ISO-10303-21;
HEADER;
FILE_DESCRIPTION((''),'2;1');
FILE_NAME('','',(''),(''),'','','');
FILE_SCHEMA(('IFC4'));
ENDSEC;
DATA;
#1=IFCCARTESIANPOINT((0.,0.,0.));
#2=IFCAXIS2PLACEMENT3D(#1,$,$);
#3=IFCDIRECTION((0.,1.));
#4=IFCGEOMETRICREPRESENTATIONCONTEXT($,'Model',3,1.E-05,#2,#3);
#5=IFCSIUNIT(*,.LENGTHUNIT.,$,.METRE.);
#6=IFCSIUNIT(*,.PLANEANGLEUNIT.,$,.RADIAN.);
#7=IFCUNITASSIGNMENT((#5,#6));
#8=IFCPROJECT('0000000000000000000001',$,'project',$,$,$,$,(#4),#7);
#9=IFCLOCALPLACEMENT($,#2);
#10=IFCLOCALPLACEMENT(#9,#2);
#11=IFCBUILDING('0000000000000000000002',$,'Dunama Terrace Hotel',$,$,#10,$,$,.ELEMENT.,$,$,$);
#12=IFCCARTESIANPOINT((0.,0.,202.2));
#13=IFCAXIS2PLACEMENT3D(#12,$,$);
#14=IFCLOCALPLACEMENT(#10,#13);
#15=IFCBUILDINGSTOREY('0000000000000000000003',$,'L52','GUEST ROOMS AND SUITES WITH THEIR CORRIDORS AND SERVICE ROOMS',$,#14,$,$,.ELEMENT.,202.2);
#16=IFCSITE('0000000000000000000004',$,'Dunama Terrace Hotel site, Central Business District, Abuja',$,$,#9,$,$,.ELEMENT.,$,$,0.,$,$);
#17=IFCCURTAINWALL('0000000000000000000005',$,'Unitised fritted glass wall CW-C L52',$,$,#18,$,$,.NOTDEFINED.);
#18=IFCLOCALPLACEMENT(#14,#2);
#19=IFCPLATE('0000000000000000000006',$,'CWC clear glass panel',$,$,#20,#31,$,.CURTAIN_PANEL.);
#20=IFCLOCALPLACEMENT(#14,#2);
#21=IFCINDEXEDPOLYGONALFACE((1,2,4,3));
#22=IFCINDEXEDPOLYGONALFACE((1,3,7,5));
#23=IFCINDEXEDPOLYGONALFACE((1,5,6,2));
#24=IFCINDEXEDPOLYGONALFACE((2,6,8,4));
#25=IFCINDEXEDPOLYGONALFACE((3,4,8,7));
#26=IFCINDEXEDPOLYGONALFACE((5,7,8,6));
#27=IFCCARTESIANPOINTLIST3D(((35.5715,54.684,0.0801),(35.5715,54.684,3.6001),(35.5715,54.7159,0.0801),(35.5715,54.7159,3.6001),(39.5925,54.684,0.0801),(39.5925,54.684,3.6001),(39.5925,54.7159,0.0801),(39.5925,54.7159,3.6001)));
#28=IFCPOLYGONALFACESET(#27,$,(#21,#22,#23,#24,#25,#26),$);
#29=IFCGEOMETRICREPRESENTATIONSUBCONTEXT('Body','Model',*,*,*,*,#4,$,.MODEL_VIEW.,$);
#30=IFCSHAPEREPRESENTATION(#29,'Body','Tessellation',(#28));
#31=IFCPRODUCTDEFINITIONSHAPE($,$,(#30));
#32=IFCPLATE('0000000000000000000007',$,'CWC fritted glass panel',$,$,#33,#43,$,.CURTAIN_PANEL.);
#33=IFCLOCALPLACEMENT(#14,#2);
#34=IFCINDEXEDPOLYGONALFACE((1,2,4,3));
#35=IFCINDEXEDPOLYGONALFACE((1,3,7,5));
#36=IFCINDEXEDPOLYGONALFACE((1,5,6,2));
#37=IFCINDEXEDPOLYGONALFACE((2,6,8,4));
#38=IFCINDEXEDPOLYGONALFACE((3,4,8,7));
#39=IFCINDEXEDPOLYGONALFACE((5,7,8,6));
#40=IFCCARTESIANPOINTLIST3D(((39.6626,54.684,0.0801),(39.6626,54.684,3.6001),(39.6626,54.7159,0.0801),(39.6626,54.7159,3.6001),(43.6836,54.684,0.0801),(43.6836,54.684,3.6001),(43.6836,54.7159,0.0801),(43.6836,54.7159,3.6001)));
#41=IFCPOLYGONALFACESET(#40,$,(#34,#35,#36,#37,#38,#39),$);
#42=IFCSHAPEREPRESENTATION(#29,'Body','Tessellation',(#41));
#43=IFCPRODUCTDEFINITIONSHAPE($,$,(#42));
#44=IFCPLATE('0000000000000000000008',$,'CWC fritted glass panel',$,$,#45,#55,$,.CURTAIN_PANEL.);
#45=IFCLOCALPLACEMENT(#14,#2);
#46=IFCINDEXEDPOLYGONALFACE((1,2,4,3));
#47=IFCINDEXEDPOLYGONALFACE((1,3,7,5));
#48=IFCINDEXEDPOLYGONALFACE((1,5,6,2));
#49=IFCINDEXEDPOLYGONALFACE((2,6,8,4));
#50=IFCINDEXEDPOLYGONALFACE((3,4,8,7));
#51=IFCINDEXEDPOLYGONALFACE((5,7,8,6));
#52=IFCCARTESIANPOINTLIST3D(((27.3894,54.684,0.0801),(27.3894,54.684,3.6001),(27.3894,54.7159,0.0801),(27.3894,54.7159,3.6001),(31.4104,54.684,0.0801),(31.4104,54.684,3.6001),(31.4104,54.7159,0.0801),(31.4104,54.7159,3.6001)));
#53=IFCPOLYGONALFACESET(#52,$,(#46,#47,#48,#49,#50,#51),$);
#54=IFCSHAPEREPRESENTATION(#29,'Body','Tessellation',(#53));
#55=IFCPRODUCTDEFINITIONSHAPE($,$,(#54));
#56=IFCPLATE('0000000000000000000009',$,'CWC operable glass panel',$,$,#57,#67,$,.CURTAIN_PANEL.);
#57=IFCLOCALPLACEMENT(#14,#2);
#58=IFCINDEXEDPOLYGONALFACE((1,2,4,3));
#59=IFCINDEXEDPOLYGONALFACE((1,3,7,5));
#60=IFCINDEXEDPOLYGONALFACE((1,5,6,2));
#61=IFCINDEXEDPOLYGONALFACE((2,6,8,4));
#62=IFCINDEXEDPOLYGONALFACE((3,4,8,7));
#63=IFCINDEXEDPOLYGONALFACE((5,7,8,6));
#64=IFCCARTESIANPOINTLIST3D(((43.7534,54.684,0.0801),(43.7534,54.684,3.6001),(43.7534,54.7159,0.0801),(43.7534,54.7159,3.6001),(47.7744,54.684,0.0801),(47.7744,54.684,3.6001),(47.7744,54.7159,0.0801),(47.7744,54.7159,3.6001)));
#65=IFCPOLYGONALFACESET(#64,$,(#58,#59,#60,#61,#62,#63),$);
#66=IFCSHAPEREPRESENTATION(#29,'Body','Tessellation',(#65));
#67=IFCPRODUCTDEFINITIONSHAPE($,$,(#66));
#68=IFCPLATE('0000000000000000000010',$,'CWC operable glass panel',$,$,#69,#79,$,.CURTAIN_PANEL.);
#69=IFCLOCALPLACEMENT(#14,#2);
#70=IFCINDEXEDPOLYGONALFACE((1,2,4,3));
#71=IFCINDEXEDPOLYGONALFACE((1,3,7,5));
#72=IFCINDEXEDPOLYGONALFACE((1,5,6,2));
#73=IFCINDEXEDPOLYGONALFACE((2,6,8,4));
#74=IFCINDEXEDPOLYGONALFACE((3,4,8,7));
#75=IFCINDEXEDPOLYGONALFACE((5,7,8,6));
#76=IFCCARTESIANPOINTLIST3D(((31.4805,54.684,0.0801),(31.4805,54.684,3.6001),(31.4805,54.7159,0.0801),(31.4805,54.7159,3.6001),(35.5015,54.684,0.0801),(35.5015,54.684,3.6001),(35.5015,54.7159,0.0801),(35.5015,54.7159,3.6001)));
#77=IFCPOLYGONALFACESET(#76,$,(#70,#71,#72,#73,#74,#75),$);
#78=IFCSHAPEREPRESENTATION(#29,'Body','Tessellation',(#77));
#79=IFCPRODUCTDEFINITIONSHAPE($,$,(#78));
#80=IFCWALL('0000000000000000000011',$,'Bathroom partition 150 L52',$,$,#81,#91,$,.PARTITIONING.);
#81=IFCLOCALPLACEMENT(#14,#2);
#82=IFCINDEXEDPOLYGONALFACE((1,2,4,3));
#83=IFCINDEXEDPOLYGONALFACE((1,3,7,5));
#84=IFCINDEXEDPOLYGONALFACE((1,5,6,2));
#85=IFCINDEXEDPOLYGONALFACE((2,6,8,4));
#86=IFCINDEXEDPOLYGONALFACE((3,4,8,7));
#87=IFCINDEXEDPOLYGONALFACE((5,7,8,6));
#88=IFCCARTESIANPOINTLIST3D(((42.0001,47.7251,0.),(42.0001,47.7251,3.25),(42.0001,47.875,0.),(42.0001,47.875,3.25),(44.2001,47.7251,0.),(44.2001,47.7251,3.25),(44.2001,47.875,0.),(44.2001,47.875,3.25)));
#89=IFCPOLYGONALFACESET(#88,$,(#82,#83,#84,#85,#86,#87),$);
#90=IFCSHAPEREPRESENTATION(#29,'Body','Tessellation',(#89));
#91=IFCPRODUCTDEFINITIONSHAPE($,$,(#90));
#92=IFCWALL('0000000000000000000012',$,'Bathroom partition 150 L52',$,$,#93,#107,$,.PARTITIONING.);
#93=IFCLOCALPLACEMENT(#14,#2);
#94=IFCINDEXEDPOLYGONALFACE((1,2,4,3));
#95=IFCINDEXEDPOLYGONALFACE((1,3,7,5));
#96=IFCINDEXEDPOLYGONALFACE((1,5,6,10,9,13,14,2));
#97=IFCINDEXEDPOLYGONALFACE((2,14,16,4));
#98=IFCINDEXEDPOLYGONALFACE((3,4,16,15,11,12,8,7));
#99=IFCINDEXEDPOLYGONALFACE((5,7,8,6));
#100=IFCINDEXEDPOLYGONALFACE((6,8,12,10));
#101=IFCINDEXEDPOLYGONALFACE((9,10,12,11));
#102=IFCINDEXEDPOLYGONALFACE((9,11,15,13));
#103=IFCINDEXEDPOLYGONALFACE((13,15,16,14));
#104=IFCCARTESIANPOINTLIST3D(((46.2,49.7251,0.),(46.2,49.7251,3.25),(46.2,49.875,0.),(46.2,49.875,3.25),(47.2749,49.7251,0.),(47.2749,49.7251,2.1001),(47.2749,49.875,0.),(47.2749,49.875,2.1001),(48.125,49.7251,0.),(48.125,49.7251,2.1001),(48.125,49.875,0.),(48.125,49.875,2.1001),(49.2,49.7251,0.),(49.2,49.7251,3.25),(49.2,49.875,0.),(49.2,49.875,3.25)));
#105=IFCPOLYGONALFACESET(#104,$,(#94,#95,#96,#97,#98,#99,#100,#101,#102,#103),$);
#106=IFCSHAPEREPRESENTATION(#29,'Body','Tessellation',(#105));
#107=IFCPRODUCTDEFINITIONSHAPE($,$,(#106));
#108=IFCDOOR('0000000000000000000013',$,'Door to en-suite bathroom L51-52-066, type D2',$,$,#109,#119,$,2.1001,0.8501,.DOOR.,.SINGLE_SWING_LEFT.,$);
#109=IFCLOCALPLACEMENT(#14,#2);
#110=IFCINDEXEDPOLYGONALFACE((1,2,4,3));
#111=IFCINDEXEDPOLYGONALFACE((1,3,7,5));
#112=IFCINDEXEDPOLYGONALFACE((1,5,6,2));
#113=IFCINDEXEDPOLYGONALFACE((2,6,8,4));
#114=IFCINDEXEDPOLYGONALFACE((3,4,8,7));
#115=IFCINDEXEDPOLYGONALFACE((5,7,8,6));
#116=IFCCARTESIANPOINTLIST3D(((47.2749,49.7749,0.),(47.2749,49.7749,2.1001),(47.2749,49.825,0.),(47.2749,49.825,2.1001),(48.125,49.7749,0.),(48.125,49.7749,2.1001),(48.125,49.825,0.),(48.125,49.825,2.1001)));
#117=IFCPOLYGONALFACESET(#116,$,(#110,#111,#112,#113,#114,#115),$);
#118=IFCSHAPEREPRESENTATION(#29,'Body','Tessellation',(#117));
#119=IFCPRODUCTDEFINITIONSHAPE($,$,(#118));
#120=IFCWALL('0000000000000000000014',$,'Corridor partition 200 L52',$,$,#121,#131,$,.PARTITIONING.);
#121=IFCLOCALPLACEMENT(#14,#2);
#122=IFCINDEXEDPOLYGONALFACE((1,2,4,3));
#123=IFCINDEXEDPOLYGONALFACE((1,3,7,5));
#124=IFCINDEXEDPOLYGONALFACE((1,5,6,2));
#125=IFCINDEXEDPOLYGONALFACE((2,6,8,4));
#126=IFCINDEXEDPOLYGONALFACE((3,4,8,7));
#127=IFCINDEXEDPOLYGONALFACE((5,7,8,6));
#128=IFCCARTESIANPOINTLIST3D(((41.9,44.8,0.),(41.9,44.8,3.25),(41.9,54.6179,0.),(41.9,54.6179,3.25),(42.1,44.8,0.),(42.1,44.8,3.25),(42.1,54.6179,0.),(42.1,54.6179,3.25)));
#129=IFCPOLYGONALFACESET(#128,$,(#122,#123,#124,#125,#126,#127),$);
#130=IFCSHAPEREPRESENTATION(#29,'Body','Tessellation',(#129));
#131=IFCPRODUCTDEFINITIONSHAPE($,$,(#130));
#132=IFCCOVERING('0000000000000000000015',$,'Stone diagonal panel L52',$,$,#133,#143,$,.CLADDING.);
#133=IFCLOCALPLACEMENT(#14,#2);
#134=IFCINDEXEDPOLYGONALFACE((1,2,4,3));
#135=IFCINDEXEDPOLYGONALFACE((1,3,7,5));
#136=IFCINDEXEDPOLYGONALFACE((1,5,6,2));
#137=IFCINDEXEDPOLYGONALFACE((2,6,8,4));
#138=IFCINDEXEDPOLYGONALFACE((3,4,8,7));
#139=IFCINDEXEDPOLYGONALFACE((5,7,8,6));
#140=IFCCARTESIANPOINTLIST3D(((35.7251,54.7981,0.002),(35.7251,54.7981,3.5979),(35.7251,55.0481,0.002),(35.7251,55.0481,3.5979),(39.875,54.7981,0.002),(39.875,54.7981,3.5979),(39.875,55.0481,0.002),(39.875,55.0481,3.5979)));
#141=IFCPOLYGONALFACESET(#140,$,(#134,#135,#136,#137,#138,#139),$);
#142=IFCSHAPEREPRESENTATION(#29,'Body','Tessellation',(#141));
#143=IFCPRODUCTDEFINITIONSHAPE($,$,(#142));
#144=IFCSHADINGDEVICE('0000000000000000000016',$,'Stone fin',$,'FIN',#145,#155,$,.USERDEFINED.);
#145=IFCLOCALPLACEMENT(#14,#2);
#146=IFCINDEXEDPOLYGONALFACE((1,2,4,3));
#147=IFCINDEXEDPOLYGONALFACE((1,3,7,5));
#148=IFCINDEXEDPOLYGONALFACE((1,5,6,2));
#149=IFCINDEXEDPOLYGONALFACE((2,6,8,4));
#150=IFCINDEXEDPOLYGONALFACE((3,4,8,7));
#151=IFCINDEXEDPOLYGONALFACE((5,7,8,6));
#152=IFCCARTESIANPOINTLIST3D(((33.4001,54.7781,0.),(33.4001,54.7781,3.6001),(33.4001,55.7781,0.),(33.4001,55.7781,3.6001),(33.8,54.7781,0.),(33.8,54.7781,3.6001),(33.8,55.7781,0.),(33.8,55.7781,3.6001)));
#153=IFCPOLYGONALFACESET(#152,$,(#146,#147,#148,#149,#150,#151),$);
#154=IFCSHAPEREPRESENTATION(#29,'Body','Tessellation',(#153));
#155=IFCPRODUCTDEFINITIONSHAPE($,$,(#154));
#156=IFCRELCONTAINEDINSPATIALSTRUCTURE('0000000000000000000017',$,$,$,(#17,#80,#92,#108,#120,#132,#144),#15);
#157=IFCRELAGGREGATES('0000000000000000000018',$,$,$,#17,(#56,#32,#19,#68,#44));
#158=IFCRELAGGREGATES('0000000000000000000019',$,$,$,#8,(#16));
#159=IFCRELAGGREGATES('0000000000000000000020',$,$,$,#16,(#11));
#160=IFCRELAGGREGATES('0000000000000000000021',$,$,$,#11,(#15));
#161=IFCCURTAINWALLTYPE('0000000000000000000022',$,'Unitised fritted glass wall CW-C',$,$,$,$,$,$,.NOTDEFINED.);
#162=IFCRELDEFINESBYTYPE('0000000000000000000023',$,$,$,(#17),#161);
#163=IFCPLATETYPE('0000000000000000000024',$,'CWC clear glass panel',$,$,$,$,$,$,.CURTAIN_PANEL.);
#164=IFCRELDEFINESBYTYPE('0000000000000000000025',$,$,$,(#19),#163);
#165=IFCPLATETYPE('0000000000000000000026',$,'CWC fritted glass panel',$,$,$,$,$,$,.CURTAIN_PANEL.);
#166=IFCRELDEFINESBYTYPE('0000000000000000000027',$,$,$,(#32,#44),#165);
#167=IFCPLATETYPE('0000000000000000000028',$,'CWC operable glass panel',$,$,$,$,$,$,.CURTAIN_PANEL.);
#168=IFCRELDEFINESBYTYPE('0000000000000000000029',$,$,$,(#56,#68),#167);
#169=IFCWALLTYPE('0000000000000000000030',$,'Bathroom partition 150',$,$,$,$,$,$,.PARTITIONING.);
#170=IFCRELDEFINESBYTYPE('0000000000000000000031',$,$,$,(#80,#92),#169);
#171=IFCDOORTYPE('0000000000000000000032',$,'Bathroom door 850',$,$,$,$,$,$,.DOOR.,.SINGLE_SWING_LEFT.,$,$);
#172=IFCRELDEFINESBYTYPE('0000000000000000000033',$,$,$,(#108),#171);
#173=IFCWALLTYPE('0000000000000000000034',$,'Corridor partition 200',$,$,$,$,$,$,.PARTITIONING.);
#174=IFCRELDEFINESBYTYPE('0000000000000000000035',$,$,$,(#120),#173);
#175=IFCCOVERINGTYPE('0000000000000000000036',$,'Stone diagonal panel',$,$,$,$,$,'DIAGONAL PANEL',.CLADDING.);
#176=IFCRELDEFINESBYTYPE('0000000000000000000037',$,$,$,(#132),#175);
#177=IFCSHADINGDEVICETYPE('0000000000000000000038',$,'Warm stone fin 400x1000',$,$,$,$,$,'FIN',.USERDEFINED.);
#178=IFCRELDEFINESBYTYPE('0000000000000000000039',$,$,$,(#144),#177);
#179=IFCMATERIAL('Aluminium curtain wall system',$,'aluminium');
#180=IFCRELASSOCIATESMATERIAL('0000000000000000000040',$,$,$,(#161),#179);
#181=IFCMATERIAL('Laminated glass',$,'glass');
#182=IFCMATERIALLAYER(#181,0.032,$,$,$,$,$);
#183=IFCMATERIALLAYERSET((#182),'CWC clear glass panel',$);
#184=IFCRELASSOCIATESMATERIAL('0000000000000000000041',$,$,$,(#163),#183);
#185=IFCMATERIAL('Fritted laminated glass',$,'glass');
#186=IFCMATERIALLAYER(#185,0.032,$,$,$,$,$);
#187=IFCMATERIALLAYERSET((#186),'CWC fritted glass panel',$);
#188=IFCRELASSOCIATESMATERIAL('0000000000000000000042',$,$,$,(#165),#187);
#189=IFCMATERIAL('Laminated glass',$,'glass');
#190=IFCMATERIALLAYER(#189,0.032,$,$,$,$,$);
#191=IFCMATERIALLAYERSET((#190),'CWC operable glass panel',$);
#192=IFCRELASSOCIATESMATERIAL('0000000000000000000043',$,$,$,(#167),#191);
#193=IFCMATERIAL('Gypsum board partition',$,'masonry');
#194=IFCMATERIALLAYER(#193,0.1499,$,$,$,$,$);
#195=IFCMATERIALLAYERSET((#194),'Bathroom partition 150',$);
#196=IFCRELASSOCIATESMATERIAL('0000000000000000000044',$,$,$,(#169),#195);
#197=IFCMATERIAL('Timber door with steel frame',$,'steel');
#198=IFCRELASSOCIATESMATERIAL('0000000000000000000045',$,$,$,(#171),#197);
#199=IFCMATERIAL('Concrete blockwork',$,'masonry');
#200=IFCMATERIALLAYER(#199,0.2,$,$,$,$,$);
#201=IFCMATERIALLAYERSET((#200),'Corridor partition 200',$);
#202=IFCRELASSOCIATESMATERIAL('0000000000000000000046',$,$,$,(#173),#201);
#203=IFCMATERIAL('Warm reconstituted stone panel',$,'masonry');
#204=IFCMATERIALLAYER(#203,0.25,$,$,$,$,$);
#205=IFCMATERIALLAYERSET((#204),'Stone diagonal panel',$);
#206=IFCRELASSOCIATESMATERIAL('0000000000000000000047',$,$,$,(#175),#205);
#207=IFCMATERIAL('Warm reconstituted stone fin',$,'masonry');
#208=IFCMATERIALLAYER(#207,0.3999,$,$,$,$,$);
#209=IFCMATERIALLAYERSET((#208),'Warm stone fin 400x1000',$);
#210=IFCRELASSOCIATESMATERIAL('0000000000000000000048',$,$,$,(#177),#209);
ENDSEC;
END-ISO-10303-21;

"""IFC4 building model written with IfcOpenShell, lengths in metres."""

from ifc_helpers import new_model, si_unit, direction, frame, frame_2d, origin, origin_2d, place, context, subcontext, project, spatial, rectangle, extrude, material, layer, layer_set, type_object, element, fill, aggregate, save


model = new_model("IFC4")

# Units and contexts
model_context = context("Model", 3, precision=1e-05, world=origin(), true_north=direction((0.0, 1.0)))
body_context = subcontext(model_context, "Body", "Model", "MODEL_VIEW")
ifc_project = project(units=[si_unit("LENGTHUNIT", "METRE"), si_unit("PLANEANGLEUNIT", "RADIAN")], contexts=[model_context])

# Site, building, storey
site_placement = place(None, origin())
site = spatial("IfcSite", under=ifc_project, at=site_placement, Name="Dunama Terrace Hotel site, Central Business District, Abuja", CompositionType="ELEMENT", RefElevation=0.0)
building_placement = place(site_placement, origin())
building = spatial("IfcBuilding", under=site, at=building_placement, Name="Dunama Terrace Hotel", CompositionType="ELEMENT")
storey_placement = place(building_placement, frame((0.0, 0.0, 202.2)))
storey = spatial("IfcBuildingStorey", under=building, at=storey_placement, Name="L52", Description="GUEST ROOMS AND SUITES WITH THEIR CORRIDORS AND SERVICE ROOMS", CompositionType="ELEMENT", Elevation=202.2)

# Curtain wall
ifc_material_1 = material(Name="Aluminium curtain wall system", Category="aluminium")
curtain_wall_type = type_object("IfcCurtainWallType", Name="Unitised fritted glass wall CW-C", PredefinedType="NOTDEFINED", material=ifc_material_1)
curtain_wall_placement = place(storey_placement, origin())
curtain_wall = element("IfcCurtainWall", 1, at=curtain_wall_placement, inside=storey, type_object=curtain_wall_type, Name="Unitised fritted glass wall CW-C L52", PredefinedType="NOTDEFINED")

# Plates
ifc_material_2 = material(Name="Laminated glass", Category="glass")
ifc_layer_1 = layer(ifc_material_2, 0.032)
ifc_layer_set_1 = layer_set([ifc_layer_1], Name="CWC clear glass panel")
plate_type_1 = type_object("IfcPlateType", Name="CWC clear glass panel", PredefinedType="CURTAIN_PANEL", material=ifc_layer_set_1)
plate_1_placement = place(storey_placement, frame((37.582, 54.7, 0.0801), z_axis=(0.0, 0.0, 1.0), x_axis=(-1.0, 0.0, 0.0)))
plate_1 = element("IfcPlate", 2, at=plate_1_placement, type_object=plate_type_1, Name="CWC clear glass panel", PredefinedType="CURTAIN_PANEL", context=body_context, shape_type="SweptSolid", body=[
    extrude(rectangle(XDim=4.021, YDim=0.032, at=origin_2d()), origin(), (0.0, 0.0, 1.0), 3.52),
])
ifc_material_3 = material(Name="Fritted laminated glass", Category="glass")
ifc_layer_2 = layer(ifc_material_3, 0.032)
ifc_layer_set_2 = layer_set([ifc_layer_2], Name="CWC fritted glass panel")
plate_type_2 = type_object("IfcPlateType", Name="CWC fritted glass panel", PredefinedType="CURTAIN_PANEL", material=ifc_layer_set_2)
plate_2_placement = place(storey_placement, frame((41.6731, 54.7, 0.0801), z_axis=(0.0, 0.0, 1.0), x_axis=(-1.0, 0.0, 0.0)))
plate_2 = element("IfcPlate", 3, at=plate_2_placement, type_object=plate_type_2, Name="CWC fritted glass panel", PredefinedType="CURTAIN_PANEL", context=body_context, shape_type="SweptSolid", body=[
    extrude(rectangle(XDim=4.021, YDim=0.032, at=origin_2d()), origin(), (0.0, 0.0, 1.0), 3.52),
])
plate_3_placement = place(storey_placement, frame((29.3999, 54.7, 0.0801), z_axis=(0.0, 0.0, 1.0), x_axis=(-1.0, 0.0, 0.0)))
plate_3 = element("IfcPlate", 4, at=plate_3_placement, type_object=plate_type_2, Name="CWC fritted glass panel", PredefinedType="CURTAIN_PANEL", context=body_context, shape_type="SweptSolid", body=[
    extrude(rectangle(XDim=4.021, YDim=0.032, at=origin_2d()), origin(), (0.0, 0.0, 1.0), 3.52),
])
ifc_material_4 = material(Name="Laminated glass", Category="glass")
ifc_layer_3 = layer(ifc_material_4, 0.032)
ifc_layer_set_3 = layer_set([ifc_layer_3], Name="CWC operable glass panel")
plate_type_3 = type_object("IfcPlateType", Name="CWC operable glass panel", PredefinedType="CURTAIN_PANEL", material=ifc_layer_set_3)
plate_4_placement = place(storey_placement, frame((45.7639, 54.7, 0.0801), z_axis=(0.0, 0.0, 1.0), x_axis=(-1.0, 0.0, 0.0)))
plate_4 = element("IfcPlate", 5, at=plate_4_placement, type_object=plate_type_3, Name="CWC operable glass panel", PredefinedType="CURTAIN_PANEL", context=body_context, shape_type="SweptSolid", body=[
    extrude(rectangle(XDim=4.021, YDim=0.032, at=origin_2d()), origin(), (0.0, 0.0, 1.0), 3.52),
])
plate_5_placement = place(storey_placement, frame((33.491, 54.7, 0.0801), z_axis=(0.0, 0.0, 1.0), x_axis=(-1.0, 0.0, 0.0)))
plate_5 = element("IfcPlate", 6, at=plate_5_placement, type_object=plate_type_3, Name="CWC operable glass panel", PredefinedType="CURTAIN_PANEL", context=body_context, shape_type="SweptSolid", body=[
    extrude(rectangle(XDim=4.021, YDim=0.032, at=origin_2d()), origin(), (0.0, 0.0, 1.0), 3.52),
])
aggregate(curtain_wall, [plate_4, plate_2, plate_1, plate_5, plate_3])

# Wall
ifc_material_5 = material(Name="Gypsum board partition", Category="masonry")
ifc_layer_4 = layer(ifc_material_5, 0.1499)
ifc_layer_set_4 = layer_set([ifc_layer_4], Name="Bathroom partition 150")
wall_type_1 = type_object("IfcWallType", Name="Bathroom partition 150", PredefinedType="PARTITIONING", material=ifc_layer_set_4)
wall_1_placement = place(storey_placement, frame((42.0, 47.8, 0.0), z_axis=(0.0, 0.0, 1.0), x_axis=(1.0, 0.0, 0.0)))
element("IfcWall", 7, at=wall_1_placement, inside=storey, type_object=wall_type_1, Name="Bathroom partition 150 L52", PredefinedType="PARTITIONING", context=body_context, shape_type="SweptSolid", body=[
    extrude(rectangle(XDim=2.2, YDim=0.1499, at=frame_2d((1.1001, 0.0))), origin(), (0.0, 0.0, 1.0), 3.25),
])

# Wall, opening, door
wall_2_placement = place(storey_placement, frame((46.2, 49.8, 0.0), z_axis=(0.0, 0.0, 1.0), x_axis=(1.0, 0.0, 0.0)))
wall_2 = element("IfcWall", 8, at=wall_2_placement, inside=storey, type_object=wall_type_1, Name="Bathroom partition 150 L52", PredefinedType="PARTITIONING", context=body_context, shape_type="SweptSolid", body=[
    extrude(rectangle(XDim=3.0, YDim=0.1499, at=frame_2d((1.5, 0.0))), origin(), (0.0, 0.0, 1.0), 3.25),
])
opening_placement = place(wall_2_placement, frame((1.075, 0.0, 0.0)))
opening = element("IfcOpeningElement", 9, at=opening_placement, cuts=wall_2, PredefinedType="OPENING", context=body_context, shape_type="SweptSolid", body=[
    extrude(rectangle(XDim=0.8501, YDim=2.1001, at=frame_2d((0.425, 1.05))), frame((0.0, 0.085, 0.0), z_axis=(0.0, -1.0, 0.0), x_axis=(1.0, 0.0, 0.0)), (0.0, 0.0, 1.0), 0.1699),
])
ifc_material_6 = material(Name="Timber door with steel frame", Category="steel")
door_type = type_object("IfcDoorType", Name="Bathroom door 850", OperationType="SINGLE_SWING_LEFT", PredefinedType="DOOR", material=ifc_material_6)
door_placement = place(opening_placement, frame((0.8501, 0.0, 0.0), z_axis=(0.0, 0.0, 1.0), x_axis=(-1.0, 0.0, 0.0)))
door = element("IfcDoor", 10, at=door_placement, inside=storey, type_object=door_type, Name="Door to en-suite bathroom L51-52-066, type D2", OperationType="SINGLE_SWING_LEFT", OverallHeight=2.1001, OverallWidth=0.8501, PredefinedType="DOOR", context=body_context, shape_type="SweptSolid", body=[
    extrude(rectangle(XDim=0.8501, YDim=2.1001, at=frame_2d((0.425, 1.05))), frame((0.0, 0.0251, 0.0), z_axis=(0.0, -1.0, 0.0), x_axis=(1.0, 0.0, 0.0)), (0.0, 0.0, 1.0), 0.05),
])
fill(opening, door)

# Wall
ifc_material_7 = material(Name="Concrete blockwork", Category="masonry")
ifc_layer_5 = layer(ifc_material_7, 0.2)
ifc_layer_set_5 = layer_set([ifc_layer_5], Name="Corridor partition 200")
wall_type_2 = type_object("IfcWallType", Name="Corridor partition 200", PredefinedType="PARTITIONING", material=ifc_layer_set_5)
wall_3_placement = place(storey_placement, frame((42.0, 54.6179, 0.0), z_axis=(0.0, 0.0, 1.0), x_axis=(0.0, -1.0, 0.0)))
element("IfcWall", 11, at=wall_3_placement, inside=storey, type_object=wall_type_2, Name="Corridor partition 200 L52", PredefinedType="PARTITIONING", context=body_context, shape_type="SweptSolid", body=[
    extrude(rectangle(XDim=9.8179, YDim=0.2, at=frame_2d((4.9089, 0.0))), origin(), (0.0, 0.0, 1.0), 3.25),
])

# Covering
ifc_material_8 = material(Name="Warm reconstituted stone panel", Category="masonry")
ifc_layer_6 = layer(ifc_material_8, 0.25)
ifc_layer_set_6 = layer_set([ifc_layer_6], Name="Stone diagonal panel")
covering_type = type_object("IfcCoveringType", Name="Stone diagonal panel", ElementType="DIAGONAL PANEL", PredefinedType="CLADDING", material=ifc_layer_set_6)
covering_placement = place(storey_placement, frame((37.8, 54.9231, 0.002), z_axis=(0.0, 0.0, 1.0), x_axis=(-1.0, 0.0, 0.0)))
element("IfcCovering", 12, at=covering_placement, inside=storey, type_object=covering_type, Name="Stone diagonal panel L52", PredefinedType="CLADDING", context=body_context, shape_type="SweptSolid", body=[
    extrude(rectangle(XDim=4.1499, YDim=0.25, at=origin_2d()), origin(), (0.0, 0.0, 1.0), 3.5959),
])

# Shading device
ifc_material_9 = material(Name="Warm reconstituted stone fin", Category="masonry")
ifc_layer_7 = layer(ifc_material_9, 0.3999)
ifc_layer_set_7 = layer_set([ifc_layer_7], Name="Warm stone fin 400x1000")
shading_device_type = type_object("IfcShadingDeviceType", Name="Warm stone fin 400x1000", ElementType="FIN", PredefinedType="USERDEFINED", material=ifc_layer_set_7)
shading_device_placement = place(storey_placement, frame((33.6001, 55.2781, 0.0), z_axis=(0.0, 0.0, 1.0), x_axis=(-1.0, 0.0, 0.0)))
element("IfcShadingDevice", 13, at=shading_device_placement, inside=storey, type_object=shading_device_type, Name="Stone fin", ObjectType="FIN", PredefinedType="USERDEFINED", context=body_context, shape_type="SweptSolid", body=[
    extrude(rectangle(XDim=0.3999, YDim=1.0, at=origin_2d()), origin(), (0.0, 0.0, 1.0), 3.6001),
])

save(model, "model.ifc")
